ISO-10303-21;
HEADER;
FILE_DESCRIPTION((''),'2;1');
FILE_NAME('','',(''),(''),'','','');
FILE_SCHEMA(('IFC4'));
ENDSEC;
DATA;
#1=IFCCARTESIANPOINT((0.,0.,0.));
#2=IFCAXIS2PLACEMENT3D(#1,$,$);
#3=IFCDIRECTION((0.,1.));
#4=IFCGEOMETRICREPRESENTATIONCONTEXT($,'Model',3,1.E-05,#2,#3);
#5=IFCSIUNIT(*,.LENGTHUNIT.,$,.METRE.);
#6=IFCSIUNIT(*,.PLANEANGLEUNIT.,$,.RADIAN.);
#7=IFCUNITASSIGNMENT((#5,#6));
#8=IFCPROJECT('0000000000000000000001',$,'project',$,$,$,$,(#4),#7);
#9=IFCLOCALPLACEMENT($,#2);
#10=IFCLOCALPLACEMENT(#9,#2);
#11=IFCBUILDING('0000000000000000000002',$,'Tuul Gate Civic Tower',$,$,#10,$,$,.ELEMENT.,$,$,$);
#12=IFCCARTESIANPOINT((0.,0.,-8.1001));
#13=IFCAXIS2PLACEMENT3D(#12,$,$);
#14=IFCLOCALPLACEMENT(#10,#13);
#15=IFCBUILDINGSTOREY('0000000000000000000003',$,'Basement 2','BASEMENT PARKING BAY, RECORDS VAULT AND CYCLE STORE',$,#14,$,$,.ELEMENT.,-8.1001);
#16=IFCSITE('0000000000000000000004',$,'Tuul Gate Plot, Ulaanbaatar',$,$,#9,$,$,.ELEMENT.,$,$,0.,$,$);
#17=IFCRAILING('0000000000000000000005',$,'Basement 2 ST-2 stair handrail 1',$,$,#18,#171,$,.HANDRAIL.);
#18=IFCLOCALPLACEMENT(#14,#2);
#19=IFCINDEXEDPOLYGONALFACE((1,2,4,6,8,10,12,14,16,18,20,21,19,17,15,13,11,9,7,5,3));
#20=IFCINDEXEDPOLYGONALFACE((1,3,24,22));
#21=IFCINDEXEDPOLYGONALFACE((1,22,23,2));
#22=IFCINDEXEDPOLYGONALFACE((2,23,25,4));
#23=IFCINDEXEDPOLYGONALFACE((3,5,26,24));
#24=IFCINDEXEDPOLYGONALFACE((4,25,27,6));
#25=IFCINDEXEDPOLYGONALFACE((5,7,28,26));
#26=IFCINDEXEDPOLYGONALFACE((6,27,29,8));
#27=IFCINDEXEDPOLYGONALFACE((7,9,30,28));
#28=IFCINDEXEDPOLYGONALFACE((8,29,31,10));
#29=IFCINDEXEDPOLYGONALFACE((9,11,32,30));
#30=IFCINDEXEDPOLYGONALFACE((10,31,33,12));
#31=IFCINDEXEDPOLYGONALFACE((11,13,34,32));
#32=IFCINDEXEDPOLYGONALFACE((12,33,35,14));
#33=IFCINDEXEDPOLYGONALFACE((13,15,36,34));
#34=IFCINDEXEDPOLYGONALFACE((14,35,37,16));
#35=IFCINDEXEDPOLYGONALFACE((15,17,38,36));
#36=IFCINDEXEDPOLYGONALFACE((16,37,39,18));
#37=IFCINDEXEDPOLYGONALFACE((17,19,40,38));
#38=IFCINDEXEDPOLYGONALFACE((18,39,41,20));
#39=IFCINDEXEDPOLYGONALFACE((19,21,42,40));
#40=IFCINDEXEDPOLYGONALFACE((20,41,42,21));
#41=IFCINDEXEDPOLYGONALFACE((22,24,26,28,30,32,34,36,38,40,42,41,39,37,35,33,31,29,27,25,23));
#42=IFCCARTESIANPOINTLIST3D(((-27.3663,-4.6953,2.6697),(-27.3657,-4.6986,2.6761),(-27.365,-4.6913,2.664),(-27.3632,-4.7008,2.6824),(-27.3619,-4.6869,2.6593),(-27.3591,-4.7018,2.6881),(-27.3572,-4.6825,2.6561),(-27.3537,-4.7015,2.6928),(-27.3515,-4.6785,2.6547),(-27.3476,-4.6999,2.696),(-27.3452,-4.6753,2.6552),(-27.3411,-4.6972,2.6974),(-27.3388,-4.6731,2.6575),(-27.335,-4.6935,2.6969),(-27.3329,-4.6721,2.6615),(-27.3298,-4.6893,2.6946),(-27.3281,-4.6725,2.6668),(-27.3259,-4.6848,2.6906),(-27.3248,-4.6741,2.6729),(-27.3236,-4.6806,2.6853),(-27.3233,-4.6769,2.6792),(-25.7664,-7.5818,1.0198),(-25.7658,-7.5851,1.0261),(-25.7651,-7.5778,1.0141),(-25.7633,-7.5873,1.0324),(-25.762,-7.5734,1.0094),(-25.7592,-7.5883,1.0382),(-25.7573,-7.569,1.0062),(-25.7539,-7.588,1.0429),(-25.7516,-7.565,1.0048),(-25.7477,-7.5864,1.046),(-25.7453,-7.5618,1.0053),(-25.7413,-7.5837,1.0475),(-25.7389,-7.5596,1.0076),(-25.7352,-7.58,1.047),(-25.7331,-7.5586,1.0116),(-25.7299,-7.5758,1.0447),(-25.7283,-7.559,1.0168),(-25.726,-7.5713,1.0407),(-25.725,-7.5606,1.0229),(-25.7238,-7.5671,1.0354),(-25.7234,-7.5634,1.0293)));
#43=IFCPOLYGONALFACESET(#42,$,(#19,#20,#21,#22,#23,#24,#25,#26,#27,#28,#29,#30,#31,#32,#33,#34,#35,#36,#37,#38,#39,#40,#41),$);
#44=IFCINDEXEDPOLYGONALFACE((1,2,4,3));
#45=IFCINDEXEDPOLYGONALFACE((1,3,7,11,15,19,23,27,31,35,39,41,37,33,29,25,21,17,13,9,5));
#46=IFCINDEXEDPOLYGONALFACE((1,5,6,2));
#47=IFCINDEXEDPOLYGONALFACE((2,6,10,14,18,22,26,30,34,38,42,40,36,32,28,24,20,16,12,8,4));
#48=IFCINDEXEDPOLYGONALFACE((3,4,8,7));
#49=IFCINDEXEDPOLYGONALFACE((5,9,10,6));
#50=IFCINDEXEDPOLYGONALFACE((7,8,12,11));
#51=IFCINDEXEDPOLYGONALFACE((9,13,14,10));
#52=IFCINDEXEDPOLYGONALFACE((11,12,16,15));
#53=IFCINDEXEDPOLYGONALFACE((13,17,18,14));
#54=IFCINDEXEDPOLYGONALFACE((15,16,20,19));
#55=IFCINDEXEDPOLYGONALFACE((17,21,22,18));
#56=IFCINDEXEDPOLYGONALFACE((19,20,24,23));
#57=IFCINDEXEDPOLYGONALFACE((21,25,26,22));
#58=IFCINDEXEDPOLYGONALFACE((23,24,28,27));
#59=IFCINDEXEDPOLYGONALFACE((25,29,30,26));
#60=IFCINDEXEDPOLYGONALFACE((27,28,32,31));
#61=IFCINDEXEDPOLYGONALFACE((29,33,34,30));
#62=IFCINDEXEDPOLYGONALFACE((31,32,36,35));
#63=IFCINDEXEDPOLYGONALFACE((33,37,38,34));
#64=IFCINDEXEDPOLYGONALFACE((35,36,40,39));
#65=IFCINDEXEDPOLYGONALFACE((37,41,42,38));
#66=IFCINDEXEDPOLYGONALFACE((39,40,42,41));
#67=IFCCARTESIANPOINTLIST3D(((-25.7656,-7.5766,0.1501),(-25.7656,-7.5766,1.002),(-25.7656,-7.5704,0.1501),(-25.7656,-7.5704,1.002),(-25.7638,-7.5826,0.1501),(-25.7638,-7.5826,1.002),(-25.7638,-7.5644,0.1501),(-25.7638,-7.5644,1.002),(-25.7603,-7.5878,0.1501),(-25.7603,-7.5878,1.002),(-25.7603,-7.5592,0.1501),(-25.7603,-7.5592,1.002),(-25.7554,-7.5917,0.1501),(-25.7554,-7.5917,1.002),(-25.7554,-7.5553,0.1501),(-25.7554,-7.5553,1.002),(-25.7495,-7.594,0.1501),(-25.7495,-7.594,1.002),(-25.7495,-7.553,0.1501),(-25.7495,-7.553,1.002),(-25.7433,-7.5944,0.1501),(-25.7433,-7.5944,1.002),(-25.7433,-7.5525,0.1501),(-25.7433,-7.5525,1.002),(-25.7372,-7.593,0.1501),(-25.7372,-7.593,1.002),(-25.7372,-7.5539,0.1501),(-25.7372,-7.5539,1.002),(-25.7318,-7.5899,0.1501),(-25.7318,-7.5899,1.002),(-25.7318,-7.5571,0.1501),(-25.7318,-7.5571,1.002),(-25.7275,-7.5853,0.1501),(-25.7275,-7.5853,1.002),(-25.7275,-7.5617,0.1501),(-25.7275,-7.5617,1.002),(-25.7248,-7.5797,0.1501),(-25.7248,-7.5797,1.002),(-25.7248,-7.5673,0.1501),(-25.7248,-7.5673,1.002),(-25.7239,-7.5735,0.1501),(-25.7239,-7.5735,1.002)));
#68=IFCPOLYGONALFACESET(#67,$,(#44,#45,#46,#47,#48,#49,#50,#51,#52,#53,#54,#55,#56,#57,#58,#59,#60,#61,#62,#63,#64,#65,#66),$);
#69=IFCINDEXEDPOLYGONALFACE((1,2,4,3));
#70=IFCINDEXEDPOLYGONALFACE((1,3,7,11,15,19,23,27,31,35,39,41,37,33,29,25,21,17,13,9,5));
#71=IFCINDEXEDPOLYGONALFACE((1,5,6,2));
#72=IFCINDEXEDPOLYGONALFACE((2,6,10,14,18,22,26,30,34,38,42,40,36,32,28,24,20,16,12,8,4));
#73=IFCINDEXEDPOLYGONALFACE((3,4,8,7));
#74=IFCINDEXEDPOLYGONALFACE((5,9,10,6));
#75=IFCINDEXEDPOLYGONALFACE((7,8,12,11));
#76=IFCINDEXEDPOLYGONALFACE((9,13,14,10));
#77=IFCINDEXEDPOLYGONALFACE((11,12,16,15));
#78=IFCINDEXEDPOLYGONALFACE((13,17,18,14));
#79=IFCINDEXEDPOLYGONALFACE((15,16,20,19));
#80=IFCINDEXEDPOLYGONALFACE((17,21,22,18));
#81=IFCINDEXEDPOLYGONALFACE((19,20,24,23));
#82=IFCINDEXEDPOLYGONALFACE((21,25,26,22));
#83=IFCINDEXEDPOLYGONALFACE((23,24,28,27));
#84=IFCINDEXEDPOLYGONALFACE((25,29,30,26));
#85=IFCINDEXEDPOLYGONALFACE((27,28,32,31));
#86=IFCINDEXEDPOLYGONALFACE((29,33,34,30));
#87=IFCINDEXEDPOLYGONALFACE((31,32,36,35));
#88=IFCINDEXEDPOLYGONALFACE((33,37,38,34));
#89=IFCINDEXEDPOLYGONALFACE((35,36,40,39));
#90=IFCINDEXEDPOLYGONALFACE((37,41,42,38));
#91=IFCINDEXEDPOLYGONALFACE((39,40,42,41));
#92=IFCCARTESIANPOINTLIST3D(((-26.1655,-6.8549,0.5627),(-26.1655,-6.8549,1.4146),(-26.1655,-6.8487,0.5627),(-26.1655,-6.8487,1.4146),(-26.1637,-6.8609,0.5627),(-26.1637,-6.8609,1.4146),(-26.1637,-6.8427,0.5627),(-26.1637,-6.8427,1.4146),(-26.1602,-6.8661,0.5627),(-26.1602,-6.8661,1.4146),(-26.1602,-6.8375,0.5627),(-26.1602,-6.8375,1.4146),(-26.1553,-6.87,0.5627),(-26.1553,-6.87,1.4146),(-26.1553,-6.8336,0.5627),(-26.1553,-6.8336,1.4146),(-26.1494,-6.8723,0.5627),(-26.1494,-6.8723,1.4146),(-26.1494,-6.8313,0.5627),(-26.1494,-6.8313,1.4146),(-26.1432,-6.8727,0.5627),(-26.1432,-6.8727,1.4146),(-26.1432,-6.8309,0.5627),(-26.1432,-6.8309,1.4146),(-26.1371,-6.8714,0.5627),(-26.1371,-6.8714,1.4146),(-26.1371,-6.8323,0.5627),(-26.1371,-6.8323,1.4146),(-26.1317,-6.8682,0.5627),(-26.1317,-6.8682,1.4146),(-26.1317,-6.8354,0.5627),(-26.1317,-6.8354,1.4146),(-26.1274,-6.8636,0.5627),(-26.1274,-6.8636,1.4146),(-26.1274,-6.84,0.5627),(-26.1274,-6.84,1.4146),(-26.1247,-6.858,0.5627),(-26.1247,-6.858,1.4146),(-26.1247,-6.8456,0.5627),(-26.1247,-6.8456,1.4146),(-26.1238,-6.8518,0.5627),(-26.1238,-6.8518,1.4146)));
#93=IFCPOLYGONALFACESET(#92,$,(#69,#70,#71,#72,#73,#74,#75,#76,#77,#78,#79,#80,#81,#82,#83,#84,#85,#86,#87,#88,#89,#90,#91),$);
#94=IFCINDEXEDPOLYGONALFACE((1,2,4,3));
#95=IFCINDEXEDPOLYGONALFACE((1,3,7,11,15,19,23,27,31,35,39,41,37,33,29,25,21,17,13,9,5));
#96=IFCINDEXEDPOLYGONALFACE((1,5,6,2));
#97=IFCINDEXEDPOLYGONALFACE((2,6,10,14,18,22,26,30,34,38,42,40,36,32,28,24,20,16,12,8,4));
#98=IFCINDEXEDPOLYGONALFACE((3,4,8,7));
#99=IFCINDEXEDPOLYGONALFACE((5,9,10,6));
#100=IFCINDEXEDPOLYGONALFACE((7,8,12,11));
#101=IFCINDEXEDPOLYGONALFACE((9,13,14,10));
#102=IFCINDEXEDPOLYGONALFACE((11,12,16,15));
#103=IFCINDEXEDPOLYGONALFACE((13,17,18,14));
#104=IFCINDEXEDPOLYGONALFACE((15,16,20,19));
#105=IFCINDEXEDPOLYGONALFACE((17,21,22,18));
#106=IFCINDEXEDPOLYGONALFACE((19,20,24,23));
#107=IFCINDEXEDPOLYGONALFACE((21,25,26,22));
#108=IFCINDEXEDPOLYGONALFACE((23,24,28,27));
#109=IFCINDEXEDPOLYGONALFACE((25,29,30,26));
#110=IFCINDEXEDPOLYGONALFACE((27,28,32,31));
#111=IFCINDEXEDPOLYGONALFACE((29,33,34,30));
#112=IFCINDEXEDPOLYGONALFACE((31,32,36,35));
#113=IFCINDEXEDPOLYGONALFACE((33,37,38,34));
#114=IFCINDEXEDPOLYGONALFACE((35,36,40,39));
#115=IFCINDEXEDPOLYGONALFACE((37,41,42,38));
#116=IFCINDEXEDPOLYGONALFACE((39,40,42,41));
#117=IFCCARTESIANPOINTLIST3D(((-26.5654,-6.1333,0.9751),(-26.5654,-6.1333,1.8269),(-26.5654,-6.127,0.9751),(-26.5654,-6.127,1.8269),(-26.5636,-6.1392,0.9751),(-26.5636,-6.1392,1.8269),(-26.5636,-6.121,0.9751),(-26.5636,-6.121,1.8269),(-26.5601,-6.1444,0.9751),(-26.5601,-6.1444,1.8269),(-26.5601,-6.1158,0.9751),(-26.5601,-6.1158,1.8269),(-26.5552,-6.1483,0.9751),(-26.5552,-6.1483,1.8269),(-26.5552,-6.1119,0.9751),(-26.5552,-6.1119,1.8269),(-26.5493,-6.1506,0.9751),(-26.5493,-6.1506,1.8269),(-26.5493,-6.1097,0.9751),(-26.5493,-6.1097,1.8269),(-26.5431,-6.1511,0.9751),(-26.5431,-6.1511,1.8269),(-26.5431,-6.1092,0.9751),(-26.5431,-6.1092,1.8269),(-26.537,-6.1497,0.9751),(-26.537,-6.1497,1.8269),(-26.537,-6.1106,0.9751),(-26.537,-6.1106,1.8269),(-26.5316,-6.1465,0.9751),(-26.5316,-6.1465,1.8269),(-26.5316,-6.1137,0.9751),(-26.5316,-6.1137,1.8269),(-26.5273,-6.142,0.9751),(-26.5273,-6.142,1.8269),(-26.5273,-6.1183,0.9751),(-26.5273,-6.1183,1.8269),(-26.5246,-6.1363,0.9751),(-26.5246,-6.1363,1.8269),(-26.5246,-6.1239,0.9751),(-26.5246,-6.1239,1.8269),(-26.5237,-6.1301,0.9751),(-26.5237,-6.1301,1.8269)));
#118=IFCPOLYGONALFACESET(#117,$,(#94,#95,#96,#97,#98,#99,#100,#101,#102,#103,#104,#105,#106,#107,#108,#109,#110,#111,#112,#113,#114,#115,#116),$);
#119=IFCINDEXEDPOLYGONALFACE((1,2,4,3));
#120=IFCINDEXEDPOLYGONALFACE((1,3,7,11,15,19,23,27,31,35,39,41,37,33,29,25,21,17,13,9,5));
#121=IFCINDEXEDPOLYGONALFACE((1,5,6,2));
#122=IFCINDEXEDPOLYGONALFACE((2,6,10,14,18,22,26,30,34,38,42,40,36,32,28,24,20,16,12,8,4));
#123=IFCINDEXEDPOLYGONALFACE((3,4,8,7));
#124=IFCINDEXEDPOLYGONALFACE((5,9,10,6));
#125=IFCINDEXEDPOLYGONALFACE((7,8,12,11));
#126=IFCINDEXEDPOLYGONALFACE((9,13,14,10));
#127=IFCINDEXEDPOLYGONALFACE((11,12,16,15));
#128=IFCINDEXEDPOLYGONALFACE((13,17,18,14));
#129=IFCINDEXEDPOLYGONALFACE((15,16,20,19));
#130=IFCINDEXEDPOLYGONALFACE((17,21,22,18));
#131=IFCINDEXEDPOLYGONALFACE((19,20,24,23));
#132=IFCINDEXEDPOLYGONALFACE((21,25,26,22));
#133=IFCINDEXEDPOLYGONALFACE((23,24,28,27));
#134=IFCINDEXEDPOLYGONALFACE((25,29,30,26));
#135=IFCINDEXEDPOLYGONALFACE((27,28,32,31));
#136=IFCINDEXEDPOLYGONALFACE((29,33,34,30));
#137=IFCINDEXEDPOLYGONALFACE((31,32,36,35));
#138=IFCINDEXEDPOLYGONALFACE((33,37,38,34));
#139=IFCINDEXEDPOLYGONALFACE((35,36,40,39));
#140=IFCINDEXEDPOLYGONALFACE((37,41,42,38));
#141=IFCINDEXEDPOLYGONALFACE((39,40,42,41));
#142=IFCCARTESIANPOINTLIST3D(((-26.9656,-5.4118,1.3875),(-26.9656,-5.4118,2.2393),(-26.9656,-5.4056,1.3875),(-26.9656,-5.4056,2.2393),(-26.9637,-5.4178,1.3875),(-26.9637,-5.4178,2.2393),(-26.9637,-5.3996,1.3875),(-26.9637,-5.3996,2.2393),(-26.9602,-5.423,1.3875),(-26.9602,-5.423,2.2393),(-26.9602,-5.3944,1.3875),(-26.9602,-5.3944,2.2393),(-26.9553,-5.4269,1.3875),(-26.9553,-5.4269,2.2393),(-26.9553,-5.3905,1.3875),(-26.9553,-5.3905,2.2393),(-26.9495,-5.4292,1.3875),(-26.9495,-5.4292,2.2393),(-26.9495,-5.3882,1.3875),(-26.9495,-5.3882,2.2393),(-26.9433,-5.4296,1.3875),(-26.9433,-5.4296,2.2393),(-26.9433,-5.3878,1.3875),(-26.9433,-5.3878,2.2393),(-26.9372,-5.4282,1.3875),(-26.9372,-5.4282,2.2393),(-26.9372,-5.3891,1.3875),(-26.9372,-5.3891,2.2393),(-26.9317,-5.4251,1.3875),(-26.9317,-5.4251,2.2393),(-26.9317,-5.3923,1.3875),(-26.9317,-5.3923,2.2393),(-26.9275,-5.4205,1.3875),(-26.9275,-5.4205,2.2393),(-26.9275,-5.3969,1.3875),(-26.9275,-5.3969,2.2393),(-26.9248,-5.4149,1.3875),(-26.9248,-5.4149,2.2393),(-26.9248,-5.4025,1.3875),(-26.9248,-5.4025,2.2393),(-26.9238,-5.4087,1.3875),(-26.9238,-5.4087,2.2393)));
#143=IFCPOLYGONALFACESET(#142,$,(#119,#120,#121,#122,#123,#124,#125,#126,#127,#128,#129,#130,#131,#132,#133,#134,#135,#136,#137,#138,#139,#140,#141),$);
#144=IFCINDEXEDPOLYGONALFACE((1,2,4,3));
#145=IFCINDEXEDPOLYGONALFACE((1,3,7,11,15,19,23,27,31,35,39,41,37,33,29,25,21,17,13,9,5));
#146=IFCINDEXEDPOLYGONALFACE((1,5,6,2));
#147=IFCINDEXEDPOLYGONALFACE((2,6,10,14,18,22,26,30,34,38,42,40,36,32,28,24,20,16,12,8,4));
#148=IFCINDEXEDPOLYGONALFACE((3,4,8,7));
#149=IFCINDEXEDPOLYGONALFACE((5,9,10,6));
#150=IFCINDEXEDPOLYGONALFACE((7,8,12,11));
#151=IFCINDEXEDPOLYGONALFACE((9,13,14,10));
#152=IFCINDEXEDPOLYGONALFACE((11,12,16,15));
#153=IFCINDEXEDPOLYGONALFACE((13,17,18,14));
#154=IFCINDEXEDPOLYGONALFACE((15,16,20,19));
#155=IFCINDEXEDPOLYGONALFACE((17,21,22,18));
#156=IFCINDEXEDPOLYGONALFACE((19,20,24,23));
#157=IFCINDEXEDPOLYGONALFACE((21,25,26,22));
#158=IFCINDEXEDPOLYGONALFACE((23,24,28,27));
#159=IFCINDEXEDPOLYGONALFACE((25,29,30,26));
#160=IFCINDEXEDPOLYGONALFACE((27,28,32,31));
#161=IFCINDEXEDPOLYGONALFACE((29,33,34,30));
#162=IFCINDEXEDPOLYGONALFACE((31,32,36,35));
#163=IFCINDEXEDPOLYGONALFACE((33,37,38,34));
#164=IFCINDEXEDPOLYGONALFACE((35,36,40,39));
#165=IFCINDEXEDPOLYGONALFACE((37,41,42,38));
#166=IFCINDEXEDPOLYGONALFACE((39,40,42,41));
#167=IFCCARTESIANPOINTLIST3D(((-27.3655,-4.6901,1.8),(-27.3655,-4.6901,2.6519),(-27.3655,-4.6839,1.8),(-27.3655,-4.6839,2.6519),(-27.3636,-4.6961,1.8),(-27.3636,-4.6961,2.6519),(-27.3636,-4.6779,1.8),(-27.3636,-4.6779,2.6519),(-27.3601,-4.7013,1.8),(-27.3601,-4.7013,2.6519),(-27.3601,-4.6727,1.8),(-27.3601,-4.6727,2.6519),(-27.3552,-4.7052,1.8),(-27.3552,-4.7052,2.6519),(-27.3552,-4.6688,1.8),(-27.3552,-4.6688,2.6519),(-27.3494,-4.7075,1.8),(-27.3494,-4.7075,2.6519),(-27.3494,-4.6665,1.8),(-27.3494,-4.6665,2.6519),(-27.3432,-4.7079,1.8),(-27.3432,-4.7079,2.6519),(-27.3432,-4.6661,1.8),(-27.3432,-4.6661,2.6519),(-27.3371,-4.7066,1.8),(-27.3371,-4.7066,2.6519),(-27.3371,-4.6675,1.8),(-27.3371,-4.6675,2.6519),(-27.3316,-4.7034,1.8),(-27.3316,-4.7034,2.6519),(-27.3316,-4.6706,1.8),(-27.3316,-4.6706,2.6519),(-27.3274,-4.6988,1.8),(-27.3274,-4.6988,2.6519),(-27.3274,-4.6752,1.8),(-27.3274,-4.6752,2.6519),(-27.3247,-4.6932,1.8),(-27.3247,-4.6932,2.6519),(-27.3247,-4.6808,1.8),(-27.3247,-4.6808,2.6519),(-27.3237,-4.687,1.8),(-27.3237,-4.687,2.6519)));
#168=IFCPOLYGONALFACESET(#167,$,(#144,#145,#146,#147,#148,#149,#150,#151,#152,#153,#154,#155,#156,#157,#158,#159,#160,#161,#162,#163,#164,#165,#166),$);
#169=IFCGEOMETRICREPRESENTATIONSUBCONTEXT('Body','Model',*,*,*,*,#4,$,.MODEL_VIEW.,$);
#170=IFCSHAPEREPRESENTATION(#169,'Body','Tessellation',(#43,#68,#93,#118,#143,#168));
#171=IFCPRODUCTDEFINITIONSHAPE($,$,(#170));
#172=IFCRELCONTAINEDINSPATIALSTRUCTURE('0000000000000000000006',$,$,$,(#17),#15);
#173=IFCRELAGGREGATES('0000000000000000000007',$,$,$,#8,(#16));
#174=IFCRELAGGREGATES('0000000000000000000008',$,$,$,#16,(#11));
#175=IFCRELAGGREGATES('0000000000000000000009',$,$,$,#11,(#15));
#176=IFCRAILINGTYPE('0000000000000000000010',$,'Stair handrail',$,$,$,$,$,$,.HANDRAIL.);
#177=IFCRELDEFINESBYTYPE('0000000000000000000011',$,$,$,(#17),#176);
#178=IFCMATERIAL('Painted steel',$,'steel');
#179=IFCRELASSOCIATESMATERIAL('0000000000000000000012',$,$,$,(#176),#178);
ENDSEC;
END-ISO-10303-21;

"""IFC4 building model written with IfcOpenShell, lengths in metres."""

from ifc_helpers import new_model, si_unit, direction, frame, origin, origin_2d, place, context, subcontext, project, spatial, circle, extrude, material, type_object, element, save


model = new_model("IFC4")

# Units and contexts
model_context = context("Model", 3, precision=1e-05, world=origin(), true_north=direction((0.0, 1.0)))
body_context = subcontext(model_context, "Body", "Model", "MODEL_VIEW")
ifc_project = project(units=[si_unit("LENGTHUNIT", "METRE"), si_unit("PLANEANGLEUNIT", "RADIAN")], contexts=[model_context])

# Site, building, storey
site_placement = place(None, origin())
site = spatial("IfcSite", under=ifc_project, at=site_placement, Name="Tuul Gate Plot, Ulaanbaatar", CompositionType="ELEMENT", RefElevation=0.0)
building_placement = place(site_placement, origin())
building = spatial("IfcBuilding", under=site, at=building_placement, Name="Tuul Gate Civic Tower", CompositionType="ELEMENT")
storey_placement = place(building_placement, frame((0.0, 0.0, -8.1001)))
storey = spatial("IfcBuildingStorey", under=building, at=storey_placement, Name="Basement 2", Description="BASEMENT PARKING BAY, RECORDS VAULT AND CYCLE STORE", CompositionType="ELEMENT", Elevation=-8.1001)

# Railing
ifc_material_1 = material(Name="Painted steel", Category="steel")
railing_type_1 = type_object("IfcRailingType", Name="Stair handrail", PredefinedType="HANDRAIL", material=ifc_material_1)
railing_1_placement = place(storey_placement, frame((-25.7449, -7.5735, 0.1501)))
element("IfcRailing", 1, at=railing_1_placement, inside=storey, type_object=railing_type_1, Name="Basement 2 ST-2 stair handrail 1", PredefinedType="HANDRAIL", context=body_context, shape_type="SweptSolid", body=[
    extrude(circle(Radius=0.0239, at=origin_2d()), frame((0.0, 0.0, 0.876), z_axis=(-0.433607, 0.782319, 0.447172), x_axis=(-0.874638, -0.484776, 0.0)), (0.0, 0.0, 1.0), 3.6897),
    extrude(circle(Radius=0.021, at=origin_2d()), origin(), (0.0, 0.0, 1.0), 0.8518),
    extrude(circle(Radius=0.021, at=origin_2d()), frame((-0.3999, 0.7217, 0.4126)), (0.0, 0.0, 1.0), 0.8518),
    extrude(circle(Radius=0.021, at=origin_2d()), frame((-0.7998, 1.4434, 0.825)), (0.0, 0.0, 1.0), 0.8518),
    extrude(circle(Radius=0.021, at=origin_2d()), frame((-1.2, 2.1648, 1.2373)), (0.0, 0.0, 1.0), 0.8518),
    extrude(circle(Radius=0.021, at=origin_2d()), frame((-1.5999, 2.8865, 1.6499)), (0.0, 0.0, 1.0), 0.8518),
])

save(model, "model.ifc")
